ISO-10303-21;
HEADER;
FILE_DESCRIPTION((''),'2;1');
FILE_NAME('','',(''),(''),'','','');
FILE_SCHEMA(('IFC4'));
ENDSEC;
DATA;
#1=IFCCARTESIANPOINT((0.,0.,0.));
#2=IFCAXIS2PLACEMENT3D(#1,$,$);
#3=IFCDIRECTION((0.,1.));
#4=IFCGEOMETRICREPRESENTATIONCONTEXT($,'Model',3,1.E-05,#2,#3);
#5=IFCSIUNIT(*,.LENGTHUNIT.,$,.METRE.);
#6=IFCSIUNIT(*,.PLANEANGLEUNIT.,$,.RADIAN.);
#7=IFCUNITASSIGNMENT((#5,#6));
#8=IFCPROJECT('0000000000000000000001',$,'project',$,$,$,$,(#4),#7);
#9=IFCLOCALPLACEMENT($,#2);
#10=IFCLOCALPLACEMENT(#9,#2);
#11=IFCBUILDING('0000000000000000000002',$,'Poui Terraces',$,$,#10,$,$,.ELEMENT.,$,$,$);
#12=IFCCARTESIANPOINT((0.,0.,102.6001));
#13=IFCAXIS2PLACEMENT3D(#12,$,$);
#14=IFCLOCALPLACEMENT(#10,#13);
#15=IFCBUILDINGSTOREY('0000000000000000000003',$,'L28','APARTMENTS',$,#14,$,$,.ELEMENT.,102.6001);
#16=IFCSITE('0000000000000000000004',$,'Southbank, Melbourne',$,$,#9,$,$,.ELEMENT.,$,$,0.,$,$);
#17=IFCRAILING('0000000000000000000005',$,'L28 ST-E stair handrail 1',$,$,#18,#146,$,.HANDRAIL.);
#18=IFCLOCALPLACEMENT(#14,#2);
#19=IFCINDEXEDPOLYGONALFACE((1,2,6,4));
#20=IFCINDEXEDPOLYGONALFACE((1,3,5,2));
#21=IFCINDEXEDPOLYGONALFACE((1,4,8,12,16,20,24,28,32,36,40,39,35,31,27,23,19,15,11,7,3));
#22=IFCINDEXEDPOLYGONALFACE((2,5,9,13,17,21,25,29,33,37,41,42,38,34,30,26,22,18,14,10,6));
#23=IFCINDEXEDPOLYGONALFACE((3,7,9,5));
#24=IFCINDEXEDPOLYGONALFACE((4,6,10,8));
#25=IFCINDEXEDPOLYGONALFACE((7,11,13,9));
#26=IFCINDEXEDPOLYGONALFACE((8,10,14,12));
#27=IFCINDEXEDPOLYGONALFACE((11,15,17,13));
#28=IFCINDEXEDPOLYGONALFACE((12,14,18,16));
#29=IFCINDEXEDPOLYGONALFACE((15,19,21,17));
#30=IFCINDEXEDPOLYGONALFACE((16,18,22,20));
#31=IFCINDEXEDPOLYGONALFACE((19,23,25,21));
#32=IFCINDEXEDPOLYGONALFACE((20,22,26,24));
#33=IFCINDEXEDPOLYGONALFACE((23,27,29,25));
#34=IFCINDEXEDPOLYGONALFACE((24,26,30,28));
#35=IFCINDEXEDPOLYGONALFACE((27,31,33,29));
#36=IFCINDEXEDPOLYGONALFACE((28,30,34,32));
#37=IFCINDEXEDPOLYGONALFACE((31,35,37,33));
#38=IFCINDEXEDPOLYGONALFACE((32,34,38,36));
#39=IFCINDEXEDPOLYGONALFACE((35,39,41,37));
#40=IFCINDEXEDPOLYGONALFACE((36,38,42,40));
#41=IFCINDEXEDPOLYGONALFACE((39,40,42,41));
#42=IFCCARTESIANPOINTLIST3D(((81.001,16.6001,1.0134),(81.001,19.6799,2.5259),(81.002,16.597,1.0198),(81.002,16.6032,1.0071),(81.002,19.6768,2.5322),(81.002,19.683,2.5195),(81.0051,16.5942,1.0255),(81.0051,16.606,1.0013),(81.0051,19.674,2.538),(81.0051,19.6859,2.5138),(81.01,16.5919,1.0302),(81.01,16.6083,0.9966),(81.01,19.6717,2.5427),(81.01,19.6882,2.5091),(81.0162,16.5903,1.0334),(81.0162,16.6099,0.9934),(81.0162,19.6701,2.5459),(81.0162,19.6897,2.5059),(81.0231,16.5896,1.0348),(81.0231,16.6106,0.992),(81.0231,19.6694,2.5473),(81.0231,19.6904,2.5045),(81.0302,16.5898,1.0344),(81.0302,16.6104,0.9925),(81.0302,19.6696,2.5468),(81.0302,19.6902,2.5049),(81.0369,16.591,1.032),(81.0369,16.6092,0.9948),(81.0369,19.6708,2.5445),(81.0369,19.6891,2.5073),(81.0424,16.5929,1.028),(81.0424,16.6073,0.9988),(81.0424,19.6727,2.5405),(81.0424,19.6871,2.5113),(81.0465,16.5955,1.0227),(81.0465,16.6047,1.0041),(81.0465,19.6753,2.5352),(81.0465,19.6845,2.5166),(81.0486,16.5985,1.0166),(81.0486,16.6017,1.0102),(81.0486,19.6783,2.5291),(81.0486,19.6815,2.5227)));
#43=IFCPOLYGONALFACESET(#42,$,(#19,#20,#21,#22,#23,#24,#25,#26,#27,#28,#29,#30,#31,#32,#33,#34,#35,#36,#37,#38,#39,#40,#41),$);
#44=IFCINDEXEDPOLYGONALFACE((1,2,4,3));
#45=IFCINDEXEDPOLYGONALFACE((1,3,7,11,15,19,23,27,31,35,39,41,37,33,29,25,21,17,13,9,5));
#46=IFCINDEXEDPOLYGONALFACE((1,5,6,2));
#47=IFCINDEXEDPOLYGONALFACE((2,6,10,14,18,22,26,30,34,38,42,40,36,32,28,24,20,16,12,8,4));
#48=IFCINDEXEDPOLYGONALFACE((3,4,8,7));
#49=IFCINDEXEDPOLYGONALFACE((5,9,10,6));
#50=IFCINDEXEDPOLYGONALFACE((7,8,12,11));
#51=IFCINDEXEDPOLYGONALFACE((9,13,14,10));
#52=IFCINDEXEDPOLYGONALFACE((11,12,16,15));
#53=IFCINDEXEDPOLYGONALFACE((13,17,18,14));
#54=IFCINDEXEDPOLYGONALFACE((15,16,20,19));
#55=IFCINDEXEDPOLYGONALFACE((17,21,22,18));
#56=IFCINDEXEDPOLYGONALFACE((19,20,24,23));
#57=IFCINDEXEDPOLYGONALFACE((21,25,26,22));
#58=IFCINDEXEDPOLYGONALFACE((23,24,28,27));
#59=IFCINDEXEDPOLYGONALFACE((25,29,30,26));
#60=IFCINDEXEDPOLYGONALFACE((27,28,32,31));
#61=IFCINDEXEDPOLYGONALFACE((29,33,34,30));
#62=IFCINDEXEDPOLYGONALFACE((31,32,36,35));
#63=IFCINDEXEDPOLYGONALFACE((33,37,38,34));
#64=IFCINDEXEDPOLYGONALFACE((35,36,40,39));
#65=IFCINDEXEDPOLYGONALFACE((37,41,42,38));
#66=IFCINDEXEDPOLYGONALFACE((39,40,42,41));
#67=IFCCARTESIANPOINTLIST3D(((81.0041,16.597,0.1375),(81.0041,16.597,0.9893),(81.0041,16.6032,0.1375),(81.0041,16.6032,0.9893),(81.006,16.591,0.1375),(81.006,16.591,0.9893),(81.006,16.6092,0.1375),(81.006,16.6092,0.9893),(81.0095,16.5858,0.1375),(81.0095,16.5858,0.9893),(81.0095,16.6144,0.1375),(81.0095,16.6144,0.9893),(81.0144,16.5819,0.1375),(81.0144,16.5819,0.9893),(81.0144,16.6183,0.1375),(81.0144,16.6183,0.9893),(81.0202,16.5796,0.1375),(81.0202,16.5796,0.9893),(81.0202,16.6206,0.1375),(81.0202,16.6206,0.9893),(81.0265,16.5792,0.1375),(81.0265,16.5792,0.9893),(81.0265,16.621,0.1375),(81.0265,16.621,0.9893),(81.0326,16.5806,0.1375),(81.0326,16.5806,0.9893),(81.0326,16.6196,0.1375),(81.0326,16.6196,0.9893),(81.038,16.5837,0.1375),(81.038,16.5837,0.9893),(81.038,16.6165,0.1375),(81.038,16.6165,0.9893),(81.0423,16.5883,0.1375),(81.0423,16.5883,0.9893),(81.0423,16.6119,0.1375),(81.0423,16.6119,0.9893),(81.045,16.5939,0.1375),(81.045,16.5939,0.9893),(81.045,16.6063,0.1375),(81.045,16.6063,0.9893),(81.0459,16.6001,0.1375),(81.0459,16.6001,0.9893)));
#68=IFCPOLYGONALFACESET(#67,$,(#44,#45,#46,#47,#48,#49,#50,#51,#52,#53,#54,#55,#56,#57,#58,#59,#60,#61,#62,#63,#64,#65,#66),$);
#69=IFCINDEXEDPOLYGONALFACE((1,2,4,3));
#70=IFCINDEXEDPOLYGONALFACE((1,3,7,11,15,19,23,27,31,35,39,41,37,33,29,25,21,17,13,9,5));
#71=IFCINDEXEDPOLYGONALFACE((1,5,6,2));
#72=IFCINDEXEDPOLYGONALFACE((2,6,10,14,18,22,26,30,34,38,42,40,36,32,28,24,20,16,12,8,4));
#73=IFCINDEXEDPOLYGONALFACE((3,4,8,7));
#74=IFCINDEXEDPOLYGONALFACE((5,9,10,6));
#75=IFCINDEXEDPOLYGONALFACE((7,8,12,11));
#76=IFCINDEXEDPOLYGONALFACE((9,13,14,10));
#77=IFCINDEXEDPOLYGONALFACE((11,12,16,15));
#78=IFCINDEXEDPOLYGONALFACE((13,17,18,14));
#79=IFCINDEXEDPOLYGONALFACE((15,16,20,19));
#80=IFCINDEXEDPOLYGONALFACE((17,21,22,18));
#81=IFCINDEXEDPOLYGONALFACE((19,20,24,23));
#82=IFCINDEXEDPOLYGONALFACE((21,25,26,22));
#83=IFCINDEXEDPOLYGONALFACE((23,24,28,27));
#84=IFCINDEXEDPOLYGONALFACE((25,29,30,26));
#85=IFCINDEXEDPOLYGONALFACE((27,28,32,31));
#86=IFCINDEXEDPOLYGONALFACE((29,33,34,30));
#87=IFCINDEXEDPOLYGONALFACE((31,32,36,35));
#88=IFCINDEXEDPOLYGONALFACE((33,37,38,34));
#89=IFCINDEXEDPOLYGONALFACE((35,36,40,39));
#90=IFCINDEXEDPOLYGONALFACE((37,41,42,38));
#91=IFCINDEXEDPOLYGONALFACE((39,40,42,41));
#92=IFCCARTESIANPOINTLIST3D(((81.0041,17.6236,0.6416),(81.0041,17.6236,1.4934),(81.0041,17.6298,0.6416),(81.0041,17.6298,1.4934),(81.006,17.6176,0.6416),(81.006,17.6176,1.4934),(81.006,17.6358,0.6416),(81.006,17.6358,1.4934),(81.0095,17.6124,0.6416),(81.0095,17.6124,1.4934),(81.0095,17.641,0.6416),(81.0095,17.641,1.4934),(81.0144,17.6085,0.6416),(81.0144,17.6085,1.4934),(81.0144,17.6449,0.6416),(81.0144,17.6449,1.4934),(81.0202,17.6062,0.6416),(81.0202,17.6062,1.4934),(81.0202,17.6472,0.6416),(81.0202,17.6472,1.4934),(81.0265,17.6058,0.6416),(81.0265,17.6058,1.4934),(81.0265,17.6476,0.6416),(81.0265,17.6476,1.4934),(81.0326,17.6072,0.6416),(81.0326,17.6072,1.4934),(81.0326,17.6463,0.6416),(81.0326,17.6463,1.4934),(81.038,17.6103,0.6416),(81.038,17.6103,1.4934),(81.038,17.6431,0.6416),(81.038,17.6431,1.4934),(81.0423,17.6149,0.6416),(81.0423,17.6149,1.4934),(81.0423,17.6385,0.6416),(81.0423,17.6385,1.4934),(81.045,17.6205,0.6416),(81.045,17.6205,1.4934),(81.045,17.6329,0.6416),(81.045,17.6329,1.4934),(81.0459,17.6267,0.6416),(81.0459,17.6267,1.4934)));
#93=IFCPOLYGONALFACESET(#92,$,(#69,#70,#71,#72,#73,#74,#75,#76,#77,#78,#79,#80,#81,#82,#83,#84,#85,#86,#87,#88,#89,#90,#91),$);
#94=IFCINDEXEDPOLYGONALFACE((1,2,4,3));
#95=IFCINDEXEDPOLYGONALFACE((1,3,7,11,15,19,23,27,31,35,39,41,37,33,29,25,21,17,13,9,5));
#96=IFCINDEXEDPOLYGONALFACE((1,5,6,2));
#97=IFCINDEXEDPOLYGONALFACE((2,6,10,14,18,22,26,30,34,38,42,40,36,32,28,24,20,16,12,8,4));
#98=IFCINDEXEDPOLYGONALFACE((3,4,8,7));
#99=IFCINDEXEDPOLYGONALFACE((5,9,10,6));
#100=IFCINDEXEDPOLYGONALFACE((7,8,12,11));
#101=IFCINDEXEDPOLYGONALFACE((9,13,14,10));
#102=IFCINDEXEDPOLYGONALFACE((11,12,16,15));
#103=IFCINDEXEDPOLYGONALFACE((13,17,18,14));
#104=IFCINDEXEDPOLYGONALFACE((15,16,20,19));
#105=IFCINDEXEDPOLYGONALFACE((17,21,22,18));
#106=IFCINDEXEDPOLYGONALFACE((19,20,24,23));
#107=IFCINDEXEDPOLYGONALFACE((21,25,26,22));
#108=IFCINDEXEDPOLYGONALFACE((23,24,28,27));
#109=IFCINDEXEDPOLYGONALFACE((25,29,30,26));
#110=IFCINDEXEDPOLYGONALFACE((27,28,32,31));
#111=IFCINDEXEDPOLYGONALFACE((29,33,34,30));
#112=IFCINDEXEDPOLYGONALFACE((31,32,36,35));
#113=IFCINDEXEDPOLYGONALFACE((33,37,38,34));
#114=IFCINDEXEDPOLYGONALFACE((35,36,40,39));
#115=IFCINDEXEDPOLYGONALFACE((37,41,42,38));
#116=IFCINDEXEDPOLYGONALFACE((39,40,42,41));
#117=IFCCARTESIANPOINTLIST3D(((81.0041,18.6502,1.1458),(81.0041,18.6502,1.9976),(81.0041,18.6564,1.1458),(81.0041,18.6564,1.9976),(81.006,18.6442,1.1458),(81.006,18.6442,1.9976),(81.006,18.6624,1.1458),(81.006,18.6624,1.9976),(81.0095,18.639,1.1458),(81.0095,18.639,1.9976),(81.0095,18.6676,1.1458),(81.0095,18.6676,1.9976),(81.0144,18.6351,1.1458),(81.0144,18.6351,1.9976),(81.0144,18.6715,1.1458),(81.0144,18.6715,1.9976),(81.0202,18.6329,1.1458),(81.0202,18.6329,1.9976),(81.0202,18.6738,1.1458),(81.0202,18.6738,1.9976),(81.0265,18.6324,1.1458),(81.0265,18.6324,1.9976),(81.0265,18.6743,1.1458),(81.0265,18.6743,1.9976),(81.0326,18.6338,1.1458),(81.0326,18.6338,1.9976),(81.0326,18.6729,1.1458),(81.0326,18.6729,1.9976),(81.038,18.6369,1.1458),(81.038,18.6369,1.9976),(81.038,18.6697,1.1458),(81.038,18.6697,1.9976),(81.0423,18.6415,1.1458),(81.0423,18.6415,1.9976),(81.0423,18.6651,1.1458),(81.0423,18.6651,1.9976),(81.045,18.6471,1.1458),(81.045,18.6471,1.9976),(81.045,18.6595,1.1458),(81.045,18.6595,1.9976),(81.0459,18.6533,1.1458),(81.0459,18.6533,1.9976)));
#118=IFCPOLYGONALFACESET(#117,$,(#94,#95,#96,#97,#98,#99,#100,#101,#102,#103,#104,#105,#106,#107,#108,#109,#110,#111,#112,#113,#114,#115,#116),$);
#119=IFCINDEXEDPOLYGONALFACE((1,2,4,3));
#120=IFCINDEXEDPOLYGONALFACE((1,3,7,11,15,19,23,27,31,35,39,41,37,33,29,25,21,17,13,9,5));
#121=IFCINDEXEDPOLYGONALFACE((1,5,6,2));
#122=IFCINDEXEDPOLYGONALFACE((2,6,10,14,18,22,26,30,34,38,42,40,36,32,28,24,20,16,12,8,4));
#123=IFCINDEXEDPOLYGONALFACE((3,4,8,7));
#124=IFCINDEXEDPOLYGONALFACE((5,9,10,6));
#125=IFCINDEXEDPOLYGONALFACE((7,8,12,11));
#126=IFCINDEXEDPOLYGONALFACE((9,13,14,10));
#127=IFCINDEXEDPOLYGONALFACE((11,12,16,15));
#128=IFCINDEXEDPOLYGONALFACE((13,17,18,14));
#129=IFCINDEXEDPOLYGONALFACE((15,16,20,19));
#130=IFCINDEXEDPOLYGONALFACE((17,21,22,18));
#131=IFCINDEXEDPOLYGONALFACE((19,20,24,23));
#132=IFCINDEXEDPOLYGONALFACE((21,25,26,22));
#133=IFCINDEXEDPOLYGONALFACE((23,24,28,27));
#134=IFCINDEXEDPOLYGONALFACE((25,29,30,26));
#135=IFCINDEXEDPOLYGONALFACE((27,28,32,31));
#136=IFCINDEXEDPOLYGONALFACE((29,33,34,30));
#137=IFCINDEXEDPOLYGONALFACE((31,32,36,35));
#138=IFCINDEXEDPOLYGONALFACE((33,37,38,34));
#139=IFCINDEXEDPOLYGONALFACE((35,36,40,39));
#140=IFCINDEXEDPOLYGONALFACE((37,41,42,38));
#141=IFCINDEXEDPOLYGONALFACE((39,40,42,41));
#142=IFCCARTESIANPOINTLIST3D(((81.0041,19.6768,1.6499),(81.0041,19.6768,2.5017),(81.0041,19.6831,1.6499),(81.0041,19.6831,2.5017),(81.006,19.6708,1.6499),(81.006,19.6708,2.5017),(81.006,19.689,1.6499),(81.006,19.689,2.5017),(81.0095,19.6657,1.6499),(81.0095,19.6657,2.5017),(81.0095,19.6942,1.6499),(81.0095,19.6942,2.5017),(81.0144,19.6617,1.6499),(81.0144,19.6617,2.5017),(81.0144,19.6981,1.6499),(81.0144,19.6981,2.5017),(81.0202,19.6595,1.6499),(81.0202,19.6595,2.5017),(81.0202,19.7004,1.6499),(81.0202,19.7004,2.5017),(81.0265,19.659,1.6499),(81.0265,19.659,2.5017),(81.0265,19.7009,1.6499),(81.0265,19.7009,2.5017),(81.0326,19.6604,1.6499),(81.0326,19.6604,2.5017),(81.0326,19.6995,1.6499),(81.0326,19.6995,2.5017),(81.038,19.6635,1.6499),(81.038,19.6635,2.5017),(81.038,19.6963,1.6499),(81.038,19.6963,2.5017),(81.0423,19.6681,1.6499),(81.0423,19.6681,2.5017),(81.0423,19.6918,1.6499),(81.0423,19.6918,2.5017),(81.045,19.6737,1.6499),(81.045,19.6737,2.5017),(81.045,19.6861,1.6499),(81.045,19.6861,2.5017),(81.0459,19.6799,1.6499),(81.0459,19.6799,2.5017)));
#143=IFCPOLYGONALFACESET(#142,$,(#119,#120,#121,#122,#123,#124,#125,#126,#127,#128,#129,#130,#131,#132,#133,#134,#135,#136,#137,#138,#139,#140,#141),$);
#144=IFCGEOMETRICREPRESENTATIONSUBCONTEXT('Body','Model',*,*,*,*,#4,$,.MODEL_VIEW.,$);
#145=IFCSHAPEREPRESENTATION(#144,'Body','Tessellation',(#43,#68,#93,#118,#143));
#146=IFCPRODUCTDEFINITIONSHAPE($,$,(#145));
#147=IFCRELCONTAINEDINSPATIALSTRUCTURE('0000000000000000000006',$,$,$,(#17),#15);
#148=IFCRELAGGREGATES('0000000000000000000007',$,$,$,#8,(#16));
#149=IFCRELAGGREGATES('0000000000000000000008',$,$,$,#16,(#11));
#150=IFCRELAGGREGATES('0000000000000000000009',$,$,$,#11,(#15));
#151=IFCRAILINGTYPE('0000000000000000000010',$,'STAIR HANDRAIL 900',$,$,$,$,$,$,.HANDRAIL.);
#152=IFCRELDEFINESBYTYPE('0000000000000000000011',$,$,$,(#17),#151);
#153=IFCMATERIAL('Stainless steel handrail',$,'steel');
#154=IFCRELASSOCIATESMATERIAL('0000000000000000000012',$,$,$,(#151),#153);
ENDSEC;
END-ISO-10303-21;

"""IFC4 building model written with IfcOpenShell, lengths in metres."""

from ifc_helpers import new_model, si_unit, direction, frame, origin, origin_2d, place, context, subcontext, project, spatial, circle, extrude, material, type_object, element, save


model = new_model("IFC4")

# Units and contexts
model_context = context("Model", 3, precision=1e-05, world=origin(), true_north=direction((0.0, 1.0)))
body_context = subcontext(model_context, "Body", "Model", "MODEL_VIEW")
ifc_project = project(units=[si_unit("LENGTHUNIT", "METRE"), si_unit("PLANEANGLEUNIT", "RADIAN")], contexts=[model_context])

# Site, building, storey
site_placement = place(None, origin())
site = spatial("IfcSite", under=ifc_project, at=site_placement, Name="Southbank, Melbourne", CompositionType="ELEMENT", RefElevation=0.0)
building_placement = place(site_placement, origin())
building = spatial("IfcBuilding", under=site, at=building_placement, Name="Poui Terraces", CompositionType="ELEMENT")
storey_placement = place(building_placement, frame((0.0, 0.0, 102.6001)))
storey = spatial("IfcBuildingStorey", under=building, at=storey_placement, Name="L28", Description="APARTMENTS", CompositionType="ELEMENT", Elevation=102.6001)

# Railing
ifc_material_1 = material(Name="Stainless steel handrail", Category="steel")
railing_type = type_object("IfcRailingType", Name="STAIR HANDRAIL 900", PredefinedType="HANDRAIL", material=ifc_material_1)
railing_placement = place(storey_placement, frame((81.0249, 16.6001, 0.1375)))
element("IfcRailing", 1, at=railing_placement, inside=storey, type_object=railing_type, Name="L28 ST-E stair handrail 1", PredefinedType="HANDRAIL", context=body_context, shape_type="SweptSolid", body=[
    extrude(circle(Radius=0.0239, at=origin_2d()), frame((0.0, 0.0, 0.876), z_axis=(0.0, 0.897606, 0.440798), x_axis=(-1.0, 0.0, 0.0)), (0.0, 0.0, 1.0), 3.4312),
    extrude(circle(Radius=0.021, at=origin_2d()), origin(), (0.0, 0.0, 1.0), 0.8518),
    extrude(circle(Radius=0.021, at=origin_2d()), frame((0.0, 1.0266, 0.5042)), (0.0, 0.0, 1.0), 0.8518),
    extrude(circle(Radius=0.021, at=origin_2d()), frame((0.0, 2.0532, 1.0083)), (0.0, 0.0, 1.0), 0.8518),
    extrude(circle(Radius=0.021, at=origin_2d()), frame((0.0, 3.0798, 1.5125)), (0.0, 0.0, 1.0), 0.8518),
])

save(model, "model.ifc")
